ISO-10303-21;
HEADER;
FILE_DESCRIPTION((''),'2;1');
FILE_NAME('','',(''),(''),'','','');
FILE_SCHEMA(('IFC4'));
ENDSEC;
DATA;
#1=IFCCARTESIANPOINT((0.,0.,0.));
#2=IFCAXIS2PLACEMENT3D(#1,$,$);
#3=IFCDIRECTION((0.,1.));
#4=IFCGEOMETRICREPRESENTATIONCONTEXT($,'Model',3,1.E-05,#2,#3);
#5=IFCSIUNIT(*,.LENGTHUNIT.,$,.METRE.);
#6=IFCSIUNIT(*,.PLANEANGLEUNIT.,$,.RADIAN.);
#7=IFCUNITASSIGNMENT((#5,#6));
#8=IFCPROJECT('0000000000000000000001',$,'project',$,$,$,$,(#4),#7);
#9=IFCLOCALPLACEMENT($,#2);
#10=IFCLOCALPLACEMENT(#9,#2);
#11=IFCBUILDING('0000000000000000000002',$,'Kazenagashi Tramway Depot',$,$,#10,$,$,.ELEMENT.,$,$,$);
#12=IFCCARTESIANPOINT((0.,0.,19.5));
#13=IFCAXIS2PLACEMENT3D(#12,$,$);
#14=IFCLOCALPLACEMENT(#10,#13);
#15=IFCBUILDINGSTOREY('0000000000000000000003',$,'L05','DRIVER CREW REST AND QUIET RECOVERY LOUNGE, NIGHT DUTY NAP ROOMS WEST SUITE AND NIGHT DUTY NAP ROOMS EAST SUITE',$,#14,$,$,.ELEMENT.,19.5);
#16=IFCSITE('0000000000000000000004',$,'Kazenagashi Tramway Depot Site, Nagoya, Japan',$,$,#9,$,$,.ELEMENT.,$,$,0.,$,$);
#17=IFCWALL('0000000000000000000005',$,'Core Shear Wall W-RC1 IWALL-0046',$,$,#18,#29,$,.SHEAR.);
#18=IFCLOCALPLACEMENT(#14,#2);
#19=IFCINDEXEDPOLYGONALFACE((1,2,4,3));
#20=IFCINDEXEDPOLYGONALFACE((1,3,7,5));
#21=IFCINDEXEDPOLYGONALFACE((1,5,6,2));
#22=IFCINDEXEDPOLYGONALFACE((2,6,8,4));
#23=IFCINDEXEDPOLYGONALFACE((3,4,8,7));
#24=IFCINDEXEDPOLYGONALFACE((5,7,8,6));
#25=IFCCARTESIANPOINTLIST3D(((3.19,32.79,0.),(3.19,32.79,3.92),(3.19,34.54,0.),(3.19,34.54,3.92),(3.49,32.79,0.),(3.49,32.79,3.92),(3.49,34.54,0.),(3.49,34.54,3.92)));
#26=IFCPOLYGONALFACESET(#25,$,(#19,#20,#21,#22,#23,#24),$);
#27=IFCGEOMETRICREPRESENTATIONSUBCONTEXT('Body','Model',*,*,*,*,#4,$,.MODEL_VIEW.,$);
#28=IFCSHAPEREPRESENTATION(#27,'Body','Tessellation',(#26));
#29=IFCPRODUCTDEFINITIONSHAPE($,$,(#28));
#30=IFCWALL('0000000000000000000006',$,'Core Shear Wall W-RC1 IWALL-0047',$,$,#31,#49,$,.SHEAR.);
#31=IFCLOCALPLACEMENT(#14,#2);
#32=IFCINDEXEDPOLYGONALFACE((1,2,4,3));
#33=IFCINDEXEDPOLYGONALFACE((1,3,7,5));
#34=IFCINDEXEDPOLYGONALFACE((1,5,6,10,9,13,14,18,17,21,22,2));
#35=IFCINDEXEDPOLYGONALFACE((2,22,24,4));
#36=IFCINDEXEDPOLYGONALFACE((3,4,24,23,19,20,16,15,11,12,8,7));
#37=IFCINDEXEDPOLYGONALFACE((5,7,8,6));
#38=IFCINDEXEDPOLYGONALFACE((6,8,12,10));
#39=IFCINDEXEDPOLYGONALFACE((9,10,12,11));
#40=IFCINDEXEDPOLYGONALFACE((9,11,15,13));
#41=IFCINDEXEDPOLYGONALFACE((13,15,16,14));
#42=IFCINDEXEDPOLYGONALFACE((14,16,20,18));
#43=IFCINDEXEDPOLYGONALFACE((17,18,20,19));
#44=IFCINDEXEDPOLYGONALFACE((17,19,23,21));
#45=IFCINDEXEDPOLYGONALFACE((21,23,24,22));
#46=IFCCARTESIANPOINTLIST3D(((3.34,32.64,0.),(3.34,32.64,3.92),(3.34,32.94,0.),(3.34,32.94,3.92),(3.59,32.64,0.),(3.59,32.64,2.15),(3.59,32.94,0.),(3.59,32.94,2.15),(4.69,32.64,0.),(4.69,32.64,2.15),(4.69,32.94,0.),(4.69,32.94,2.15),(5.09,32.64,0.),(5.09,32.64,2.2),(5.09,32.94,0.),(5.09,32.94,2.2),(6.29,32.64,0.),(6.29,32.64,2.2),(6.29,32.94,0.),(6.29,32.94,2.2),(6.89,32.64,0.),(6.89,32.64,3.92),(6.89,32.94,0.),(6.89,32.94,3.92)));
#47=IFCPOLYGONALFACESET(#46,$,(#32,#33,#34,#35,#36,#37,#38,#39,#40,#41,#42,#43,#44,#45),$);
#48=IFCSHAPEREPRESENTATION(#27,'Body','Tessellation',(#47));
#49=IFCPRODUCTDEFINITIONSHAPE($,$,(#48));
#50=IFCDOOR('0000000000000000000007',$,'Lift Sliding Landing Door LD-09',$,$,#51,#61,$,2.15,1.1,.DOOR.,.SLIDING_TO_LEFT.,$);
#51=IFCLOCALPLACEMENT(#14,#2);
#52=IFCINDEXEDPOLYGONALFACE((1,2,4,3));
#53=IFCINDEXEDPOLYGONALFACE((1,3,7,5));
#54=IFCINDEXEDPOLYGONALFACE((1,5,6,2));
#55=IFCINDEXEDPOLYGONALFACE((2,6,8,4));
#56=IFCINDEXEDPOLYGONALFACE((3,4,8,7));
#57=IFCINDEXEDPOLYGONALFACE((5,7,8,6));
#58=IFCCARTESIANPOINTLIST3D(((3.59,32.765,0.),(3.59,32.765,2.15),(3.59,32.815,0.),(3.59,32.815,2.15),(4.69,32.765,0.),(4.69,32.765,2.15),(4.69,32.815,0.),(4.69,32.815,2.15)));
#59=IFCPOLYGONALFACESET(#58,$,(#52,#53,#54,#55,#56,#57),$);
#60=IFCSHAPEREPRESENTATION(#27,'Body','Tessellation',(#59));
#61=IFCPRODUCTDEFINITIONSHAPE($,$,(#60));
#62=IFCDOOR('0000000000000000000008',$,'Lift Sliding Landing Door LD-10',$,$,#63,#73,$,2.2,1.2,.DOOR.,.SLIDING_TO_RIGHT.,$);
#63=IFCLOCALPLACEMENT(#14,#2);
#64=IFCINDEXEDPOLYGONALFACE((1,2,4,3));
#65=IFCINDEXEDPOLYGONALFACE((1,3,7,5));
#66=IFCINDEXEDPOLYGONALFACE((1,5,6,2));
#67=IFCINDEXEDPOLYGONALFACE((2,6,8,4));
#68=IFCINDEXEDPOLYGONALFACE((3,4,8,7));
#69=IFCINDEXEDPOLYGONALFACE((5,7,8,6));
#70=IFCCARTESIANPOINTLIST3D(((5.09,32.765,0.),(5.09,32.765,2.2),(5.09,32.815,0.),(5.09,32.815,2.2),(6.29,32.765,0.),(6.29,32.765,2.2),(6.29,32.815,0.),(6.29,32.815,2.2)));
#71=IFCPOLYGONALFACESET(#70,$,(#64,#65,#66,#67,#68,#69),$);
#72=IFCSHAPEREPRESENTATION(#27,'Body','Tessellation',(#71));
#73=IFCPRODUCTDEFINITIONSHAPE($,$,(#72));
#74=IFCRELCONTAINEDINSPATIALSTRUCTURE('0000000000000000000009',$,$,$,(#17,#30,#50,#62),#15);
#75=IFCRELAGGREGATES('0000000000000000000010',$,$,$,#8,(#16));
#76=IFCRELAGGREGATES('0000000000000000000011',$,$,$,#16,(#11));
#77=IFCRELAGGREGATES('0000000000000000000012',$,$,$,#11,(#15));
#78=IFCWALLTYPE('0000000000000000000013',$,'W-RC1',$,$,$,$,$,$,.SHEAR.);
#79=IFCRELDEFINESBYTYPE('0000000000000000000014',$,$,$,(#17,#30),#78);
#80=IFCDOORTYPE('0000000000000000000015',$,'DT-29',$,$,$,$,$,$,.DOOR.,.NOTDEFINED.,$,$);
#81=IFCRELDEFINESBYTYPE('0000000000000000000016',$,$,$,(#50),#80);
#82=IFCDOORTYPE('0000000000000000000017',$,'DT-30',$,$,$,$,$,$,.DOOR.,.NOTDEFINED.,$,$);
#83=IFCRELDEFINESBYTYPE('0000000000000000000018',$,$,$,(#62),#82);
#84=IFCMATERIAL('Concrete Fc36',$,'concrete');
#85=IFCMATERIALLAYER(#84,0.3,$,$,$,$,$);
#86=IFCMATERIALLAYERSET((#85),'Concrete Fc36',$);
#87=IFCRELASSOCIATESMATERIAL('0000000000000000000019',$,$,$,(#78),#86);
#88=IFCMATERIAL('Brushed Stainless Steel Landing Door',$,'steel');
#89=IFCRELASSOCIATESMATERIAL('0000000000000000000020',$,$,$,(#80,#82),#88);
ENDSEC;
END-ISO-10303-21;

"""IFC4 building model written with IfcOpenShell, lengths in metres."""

from ifc_helpers import new_model, si_unit, direction, frame, frame_2d, origin, place, context, subcontext, project, spatial, rectangle, extrude, material, layer, layer_set, type_object, element, fill, save


model = new_model("IFC4")

# Units and contexts
model_context = context("Model", 3, precision=1e-05, world=origin(), true_north=direction((0.0, 1.0)))
body_context = subcontext(model_context, "Body", "Model", "MODEL_VIEW")
ifc_project = project(units=[si_unit("LENGTHUNIT", "METRE"), si_unit("PLANEANGLEUNIT", "RADIAN")], contexts=[model_context])

# Site, building, storey
site_placement = place(None, origin())
site = spatial("IfcSite", under=ifc_project, at=site_placement, Name="Kazenagashi Tramway Depot Site, Nagoya, Japan", CompositionType="ELEMENT", RefElevation=0.0)
building_placement = place(site_placement, origin())
building = spatial("IfcBuilding", under=site, at=building_placement, Name="Kazenagashi Tramway Depot", CompositionType="ELEMENT")
storey_placement = place(building_placement, frame((0.0, 0.0, 19.5)))
storey = spatial("IfcBuildingStorey", under=building, at=storey_placement, Name="L05", Description="DRIVER CREW REST AND QUIET RECOVERY LOUNGE, NIGHT DUTY NAP ROOMS WEST SUITE AND NIGHT DUTY NAP ROOMS EAST SUITE", CompositionType="ELEMENT", Elevation=19.5)

# Shared definitions
ifc_material_1 = material(Name="Concrete Fc36", Category="concrete")
ifc_layer_1 = layer(ifc_material_1, 0.3)
ifc_layer_set_1 = layer_set([ifc_layer_1], Name="Concrete Fc36")
wall_type_1 = type_object("IfcWallType", Name="W-RC1", PredefinedType="SHEAR", material=ifc_layer_set_1)

# Wall
wall_1_placement = place(storey_placement, frame((3.34, 32.79, 0.0), z_axis=(0.0, 0.0, 1.0), x_axis=(0.0, 1.0, 0.0)))
element("IfcWall", 1, at=wall_1_placement, inside=storey, type_object=wall_type_1, Name="Core Shear Wall W-RC1 IWALL-0046", PredefinedType="SHEAR", context=body_context, shape_type="SweptSolid", body=[
    extrude(rectangle(XDim=1.75, YDim=0.3, at=frame_2d((0.875, 0.0))), origin(), (0.0, 0.0, 1.0), 3.92),
])

# Wall, openings, doors
wall_2_placement = place(storey_placement, frame((3.34, 32.79, 0.0), z_axis=(0.0, 0.0, 1.0), x_axis=(1.0, 0.0, 0.0)))
wall_2 = element("IfcWall", 2, at=wall_2_placement, inside=storey, type_object=wall_type_1, Name="Core Shear Wall W-RC1 IWALL-0047", PredefinedType="SHEAR", context=body_context, shape_type="SweptSolid", body=[
    extrude(rectangle(XDim=3.55, YDim=0.3, at=frame_2d((1.775, 0.0))), origin(), (0.0, 0.0, 1.0), 3.92),
])
opening_1_placement = place(wall_2_placement, frame((0.25, 0.0, 0.0)))
opening_1 = element("IfcOpeningElement", 3, at=opening_1_placement, cuts=wall_2, PredefinedType="OPENING", context=body_context, shape_type="SweptSolid", body=[
    extrude(rectangle(XDim=1.1, YDim=2.15, at=frame_2d((0.55, 1.075))), frame((0.0, 0.16, 0.0), z_axis=(0.0, -1.0, 0.0), x_axis=(1.0, 0.0, 0.0)), (0.0, 0.0, 1.0), 0.32),
])
opening_2_placement = place(wall_2_placement, frame((1.75, 0.0, 0.0)))
opening_2 = element("IfcOpeningElement", 4, at=opening_2_placement, cuts=wall_2, PredefinedType="OPENING", context=body_context, shape_type="SweptSolid", body=[
    extrude(rectangle(XDim=1.2, YDim=2.2, at=frame_2d((0.6, 1.1))), frame((0.0, 0.16, 0.0), z_axis=(0.0, -1.0, 0.0), x_axis=(1.0, 0.0, 0.0)), (0.0, 0.0, 1.0), 0.32),
])
ifc_material_2 = material(Name="Brushed Stainless Steel Landing Door", Category="steel")
door_type_1 = type_object("IfcDoorType", Name="DT-29", OperationType="NOTDEFINED", PredefinedType="DOOR", material=ifc_material_2)
door_1_placement = place(opening_1_placement, origin())
door_1 = element("IfcDoor", 5, at=door_1_placement, inside=storey, type_object=door_type_1, Name="Lift Sliding Landing Door LD-09", OperationType="SLIDING_TO_LEFT", OverallHeight=2.15, OverallWidth=1.1, PredefinedType="DOOR", context=body_context, shape_type="SweptSolid", body=[
    extrude(rectangle(XDim=1.1, YDim=2.15, at=frame_2d((0.55, 1.075))), frame((0.0, 0.025, 0.0), z_axis=(0.0, -1.0, 0.0), x_axis=(1.0, 0.0, 0.0)), (0.0, 0.0, 1.0), 0.05),
])
fill(opening_1, door_1)
door_type_2 = type_object("IfcDoorType", Name="DT-30", OperationType="NOTDEFINED", PredefinedType="DOOR", material=ifc_material_2)
door_2_placement = place(opening_2_placement, origin())
door_2 = element("IfcDoor", 6, at=door_2_placement, inside=storey, type_object=door_type_2, Name="Lift Sliding Landing Door LD-10", OperationType="SLIDING_TO_RIGHT", OverallHeight=2.2, OverallWidth=1.2, PredefinedType="DOOR", context=body_context, shape_type="SweptSolid", body=[
    extrude(rectangle(XDim=1.2, YDim=2.2, at=frame_2d((0.6, 1.1))), frame((0.0, 0.025, 0.0), z_axis=(0.0, -1.0, 0.0), x_axis=(1.0, 0.0, 0.0)), (0.0, 0.0, 1.0), 0.05),
])
fill(opening_2, door_2)

save(model, "model.ifc")
